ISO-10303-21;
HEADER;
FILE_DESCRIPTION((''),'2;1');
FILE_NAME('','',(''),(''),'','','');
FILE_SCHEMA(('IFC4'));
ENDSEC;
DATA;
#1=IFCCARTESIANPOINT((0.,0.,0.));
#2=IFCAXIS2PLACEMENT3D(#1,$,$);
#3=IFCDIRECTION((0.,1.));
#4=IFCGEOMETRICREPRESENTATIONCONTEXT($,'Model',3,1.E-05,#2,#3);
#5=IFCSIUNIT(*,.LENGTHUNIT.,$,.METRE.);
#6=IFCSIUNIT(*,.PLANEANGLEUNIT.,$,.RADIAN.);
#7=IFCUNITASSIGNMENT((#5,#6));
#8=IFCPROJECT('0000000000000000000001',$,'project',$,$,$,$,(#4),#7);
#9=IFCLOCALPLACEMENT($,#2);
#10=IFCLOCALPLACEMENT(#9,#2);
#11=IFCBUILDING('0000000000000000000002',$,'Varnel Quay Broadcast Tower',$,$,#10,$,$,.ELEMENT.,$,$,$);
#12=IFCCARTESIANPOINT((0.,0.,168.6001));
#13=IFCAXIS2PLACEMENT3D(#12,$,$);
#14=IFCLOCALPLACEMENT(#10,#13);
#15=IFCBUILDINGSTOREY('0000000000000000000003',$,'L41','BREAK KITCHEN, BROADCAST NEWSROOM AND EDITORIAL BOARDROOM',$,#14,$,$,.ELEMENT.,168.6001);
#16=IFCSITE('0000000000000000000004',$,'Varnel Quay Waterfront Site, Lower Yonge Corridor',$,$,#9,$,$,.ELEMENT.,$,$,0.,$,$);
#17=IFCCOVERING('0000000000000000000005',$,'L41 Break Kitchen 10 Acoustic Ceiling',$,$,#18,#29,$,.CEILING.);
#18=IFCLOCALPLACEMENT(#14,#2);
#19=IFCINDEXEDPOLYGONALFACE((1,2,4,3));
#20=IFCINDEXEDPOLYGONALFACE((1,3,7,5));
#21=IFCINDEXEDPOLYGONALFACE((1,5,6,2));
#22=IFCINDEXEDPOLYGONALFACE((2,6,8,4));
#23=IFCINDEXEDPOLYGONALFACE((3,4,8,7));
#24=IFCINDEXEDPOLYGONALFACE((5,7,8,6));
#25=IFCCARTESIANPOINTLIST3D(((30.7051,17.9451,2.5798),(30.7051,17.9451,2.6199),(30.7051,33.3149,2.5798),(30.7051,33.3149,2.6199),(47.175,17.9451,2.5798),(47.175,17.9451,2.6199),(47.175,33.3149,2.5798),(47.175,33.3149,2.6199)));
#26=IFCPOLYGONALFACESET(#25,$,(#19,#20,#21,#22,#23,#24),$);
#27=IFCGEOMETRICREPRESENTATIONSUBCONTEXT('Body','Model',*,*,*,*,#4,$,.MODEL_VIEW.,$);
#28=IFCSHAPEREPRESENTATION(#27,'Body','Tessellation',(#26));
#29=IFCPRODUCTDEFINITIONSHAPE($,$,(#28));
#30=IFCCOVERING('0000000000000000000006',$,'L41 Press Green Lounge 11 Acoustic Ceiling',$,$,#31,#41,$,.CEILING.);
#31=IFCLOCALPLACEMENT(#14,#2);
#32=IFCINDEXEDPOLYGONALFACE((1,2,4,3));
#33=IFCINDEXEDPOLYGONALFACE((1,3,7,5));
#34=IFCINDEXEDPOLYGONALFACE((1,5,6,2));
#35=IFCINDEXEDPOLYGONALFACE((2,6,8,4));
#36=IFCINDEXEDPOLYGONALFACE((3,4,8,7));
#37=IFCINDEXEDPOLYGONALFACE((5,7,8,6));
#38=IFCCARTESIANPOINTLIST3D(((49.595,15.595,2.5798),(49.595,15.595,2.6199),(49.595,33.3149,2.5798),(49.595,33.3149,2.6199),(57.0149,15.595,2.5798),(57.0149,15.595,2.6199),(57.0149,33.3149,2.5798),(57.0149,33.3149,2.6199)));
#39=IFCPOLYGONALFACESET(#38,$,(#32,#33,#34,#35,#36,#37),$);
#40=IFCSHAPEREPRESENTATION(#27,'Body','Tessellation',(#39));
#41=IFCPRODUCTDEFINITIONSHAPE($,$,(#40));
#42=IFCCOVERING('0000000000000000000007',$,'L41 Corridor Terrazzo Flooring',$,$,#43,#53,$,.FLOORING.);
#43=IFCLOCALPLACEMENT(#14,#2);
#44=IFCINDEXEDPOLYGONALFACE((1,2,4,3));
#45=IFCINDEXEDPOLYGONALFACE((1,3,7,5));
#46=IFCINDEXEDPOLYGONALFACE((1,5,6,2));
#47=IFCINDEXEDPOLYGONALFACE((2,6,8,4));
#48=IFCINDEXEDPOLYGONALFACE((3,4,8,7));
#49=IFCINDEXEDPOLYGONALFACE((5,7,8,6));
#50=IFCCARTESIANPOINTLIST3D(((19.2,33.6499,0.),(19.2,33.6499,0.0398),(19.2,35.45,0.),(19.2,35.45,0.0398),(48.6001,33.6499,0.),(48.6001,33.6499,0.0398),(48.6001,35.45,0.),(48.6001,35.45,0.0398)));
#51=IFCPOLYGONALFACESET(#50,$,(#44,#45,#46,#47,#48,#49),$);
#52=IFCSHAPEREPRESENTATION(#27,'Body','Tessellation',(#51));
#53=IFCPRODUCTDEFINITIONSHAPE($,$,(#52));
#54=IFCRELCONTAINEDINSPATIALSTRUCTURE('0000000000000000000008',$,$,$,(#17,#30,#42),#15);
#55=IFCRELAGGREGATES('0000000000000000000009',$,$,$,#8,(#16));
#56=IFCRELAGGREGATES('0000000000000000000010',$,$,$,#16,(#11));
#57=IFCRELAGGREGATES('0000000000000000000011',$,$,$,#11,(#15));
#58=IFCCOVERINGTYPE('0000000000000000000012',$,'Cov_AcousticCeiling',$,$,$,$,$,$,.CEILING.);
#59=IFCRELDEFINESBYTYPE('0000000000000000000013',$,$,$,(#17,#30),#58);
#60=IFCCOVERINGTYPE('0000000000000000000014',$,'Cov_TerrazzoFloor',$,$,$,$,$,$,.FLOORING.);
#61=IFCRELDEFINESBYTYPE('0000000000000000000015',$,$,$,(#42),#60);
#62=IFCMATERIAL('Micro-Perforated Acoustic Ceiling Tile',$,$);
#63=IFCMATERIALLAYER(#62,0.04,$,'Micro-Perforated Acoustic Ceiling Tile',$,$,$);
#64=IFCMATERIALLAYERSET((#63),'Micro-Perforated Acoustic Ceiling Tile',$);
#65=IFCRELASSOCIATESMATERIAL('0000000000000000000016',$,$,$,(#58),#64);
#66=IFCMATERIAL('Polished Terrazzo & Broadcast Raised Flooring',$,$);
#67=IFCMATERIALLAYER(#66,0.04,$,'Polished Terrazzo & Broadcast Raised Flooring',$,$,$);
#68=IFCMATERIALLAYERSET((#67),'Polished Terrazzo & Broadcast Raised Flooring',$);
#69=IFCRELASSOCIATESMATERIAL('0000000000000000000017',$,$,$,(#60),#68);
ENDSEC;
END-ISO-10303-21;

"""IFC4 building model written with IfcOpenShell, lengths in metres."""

from ifc_helpers import new_model, si_unit, direction, frame, origin, place, context, subcontext, project, spatial, polyline, outline, extrude, material, layer, layer_set, type_object, element, save


model = new_model("IFC4")

# Units and contexts
model_context = context("Model", 3, precision=1e-05, world=origin(), true_north=direction((0.0, 1.0)))
body_context = subcontext(model_context, "Body", "Model", "MODEL_VIEW")
ifc_project = project(units=[si_unit("LENGTHUNIT", "METRE"), si_unit("PLANEANGLEUNIT", "RADIAN")], contexts=[model_context])

# Site, building, storey
site_placement = place(None, origin())
site = spatial("IfcSite", under=ifc_project, at=site_placement, Name="Varnel Quay Waterfront Site, Lower Yonge Corridor", CompositionType="ELEMENT", RefElevation=0.0)
building_placement = place(site_placement, origin())
building = spatial("IfcBuilding", under=site, at=building_placement, Name="Varnel Quay Broadcast Tower", CompositionType="ELEMENT")
storey_placement = place(building_placement, frame((0.0, 0.0, 168.6001)))
storey = spatial("IfcBuildingStorey", under=building, at=storey_placement, Name="L41", Description="BREAK KITCHEN, BROADCAST NEWSROOM AND EDITORIAL BOARDROOM", CompositionType="ELEMENT", Elevation=168.6001)

# Coverings
ifc_material_1 = material(Name="Micro-Perforated Acoustic Ceiling Tile")
ifc_layer_1 = layer(ifc_material_1, 0.04, Name="Micro-Perforated Acoustic Ceiling Tile")
ifc_layer_set_1 = layer_set([ifc_layer_1], Name="Micro-Perforated Acoustic Ceiling Tile")
covering_type_1 = type_object("IfcCoveringType", Name="Cov_AcousticCeiling", PredefinedType="CEILING", material=ifc_layer_set_1)
covering_1_placement = place(storey_placement, frame((0.0, 0.0, 2.5798)))
element("IfcCovering", 1, at=covering_1_placement, inside=storey, type_object=covering_type_1, Name="L41 Break Kitchen 10 Acoustic Ceiling", PredefinedType="CEILING", context=body_context, shape_type="SweptSolid", body=[
    extrude(outline(polyline([(30.7051, 17.9451), (47.175, 17.9451), (47.175, 33.3149), (30.7051, 33.3149), (30.7051, 17.9451)])), origin(), (0.0, 0.0, 1.0), 0.04),
])
covering_2_placement = place(storey_placement, frame((0.0, 0.0, 2.5798)))
element("IfcCovering", 2, at=covering_2_placement, inside=storey, type_object=covering_type_1, Name="L41 Press Green Lounge 11 Acoustic Ceiling", PredefinedType="CEILING", context=body_context, shape_type="SweptSolid", body=[
    extrude(outline(polyline([(49.595, 15.595), (57.0149, 15.595), (57.0149, 33.3149), (49.595, 33.3149), (49.595, 15.595)])), origin(), (0.0, 0.0, 1.0), 0.04),
])
ifc_material_2 = material(Name="Polished Terrazzo & Broadcast Raised Flooring")
ifc_layer_2 = layer(ifc_material_2, 0.04, Name="Polished Terrazzo & Broadcast Raised Flooring")
ifc_layer_set_2 = layer_set([ifc_layer_2], Name="Polished Terrazzo & Broadcast Raised Flooring")
covering_type_2 = type_object("IfcCoveringType", Name="Cov_TerrazzoFloor", PredefinedType="FLOORING", material=ifc_layer_set_2)
covering_3_placement = place(storey_placement, origin())
element("IfcCovering", 3, at=covering_3_placement, inside=storey, type_object=covering_type_2, Name="L41 Corridor Terrazzo Flooring", PredefinedType="FLOORING", context=body_context, shape_type="SweptSolid", body=[
    extrude(outline(polyline([(19.2, 33.6499), (48.6001, 33.6499), (48.6001, 35.45), (19.2, 35.45), (19.2, 33.6499)])), origin(), (0.0, 0.0, 1.0), 0.0398),
])

save(model, "model.ifc")
